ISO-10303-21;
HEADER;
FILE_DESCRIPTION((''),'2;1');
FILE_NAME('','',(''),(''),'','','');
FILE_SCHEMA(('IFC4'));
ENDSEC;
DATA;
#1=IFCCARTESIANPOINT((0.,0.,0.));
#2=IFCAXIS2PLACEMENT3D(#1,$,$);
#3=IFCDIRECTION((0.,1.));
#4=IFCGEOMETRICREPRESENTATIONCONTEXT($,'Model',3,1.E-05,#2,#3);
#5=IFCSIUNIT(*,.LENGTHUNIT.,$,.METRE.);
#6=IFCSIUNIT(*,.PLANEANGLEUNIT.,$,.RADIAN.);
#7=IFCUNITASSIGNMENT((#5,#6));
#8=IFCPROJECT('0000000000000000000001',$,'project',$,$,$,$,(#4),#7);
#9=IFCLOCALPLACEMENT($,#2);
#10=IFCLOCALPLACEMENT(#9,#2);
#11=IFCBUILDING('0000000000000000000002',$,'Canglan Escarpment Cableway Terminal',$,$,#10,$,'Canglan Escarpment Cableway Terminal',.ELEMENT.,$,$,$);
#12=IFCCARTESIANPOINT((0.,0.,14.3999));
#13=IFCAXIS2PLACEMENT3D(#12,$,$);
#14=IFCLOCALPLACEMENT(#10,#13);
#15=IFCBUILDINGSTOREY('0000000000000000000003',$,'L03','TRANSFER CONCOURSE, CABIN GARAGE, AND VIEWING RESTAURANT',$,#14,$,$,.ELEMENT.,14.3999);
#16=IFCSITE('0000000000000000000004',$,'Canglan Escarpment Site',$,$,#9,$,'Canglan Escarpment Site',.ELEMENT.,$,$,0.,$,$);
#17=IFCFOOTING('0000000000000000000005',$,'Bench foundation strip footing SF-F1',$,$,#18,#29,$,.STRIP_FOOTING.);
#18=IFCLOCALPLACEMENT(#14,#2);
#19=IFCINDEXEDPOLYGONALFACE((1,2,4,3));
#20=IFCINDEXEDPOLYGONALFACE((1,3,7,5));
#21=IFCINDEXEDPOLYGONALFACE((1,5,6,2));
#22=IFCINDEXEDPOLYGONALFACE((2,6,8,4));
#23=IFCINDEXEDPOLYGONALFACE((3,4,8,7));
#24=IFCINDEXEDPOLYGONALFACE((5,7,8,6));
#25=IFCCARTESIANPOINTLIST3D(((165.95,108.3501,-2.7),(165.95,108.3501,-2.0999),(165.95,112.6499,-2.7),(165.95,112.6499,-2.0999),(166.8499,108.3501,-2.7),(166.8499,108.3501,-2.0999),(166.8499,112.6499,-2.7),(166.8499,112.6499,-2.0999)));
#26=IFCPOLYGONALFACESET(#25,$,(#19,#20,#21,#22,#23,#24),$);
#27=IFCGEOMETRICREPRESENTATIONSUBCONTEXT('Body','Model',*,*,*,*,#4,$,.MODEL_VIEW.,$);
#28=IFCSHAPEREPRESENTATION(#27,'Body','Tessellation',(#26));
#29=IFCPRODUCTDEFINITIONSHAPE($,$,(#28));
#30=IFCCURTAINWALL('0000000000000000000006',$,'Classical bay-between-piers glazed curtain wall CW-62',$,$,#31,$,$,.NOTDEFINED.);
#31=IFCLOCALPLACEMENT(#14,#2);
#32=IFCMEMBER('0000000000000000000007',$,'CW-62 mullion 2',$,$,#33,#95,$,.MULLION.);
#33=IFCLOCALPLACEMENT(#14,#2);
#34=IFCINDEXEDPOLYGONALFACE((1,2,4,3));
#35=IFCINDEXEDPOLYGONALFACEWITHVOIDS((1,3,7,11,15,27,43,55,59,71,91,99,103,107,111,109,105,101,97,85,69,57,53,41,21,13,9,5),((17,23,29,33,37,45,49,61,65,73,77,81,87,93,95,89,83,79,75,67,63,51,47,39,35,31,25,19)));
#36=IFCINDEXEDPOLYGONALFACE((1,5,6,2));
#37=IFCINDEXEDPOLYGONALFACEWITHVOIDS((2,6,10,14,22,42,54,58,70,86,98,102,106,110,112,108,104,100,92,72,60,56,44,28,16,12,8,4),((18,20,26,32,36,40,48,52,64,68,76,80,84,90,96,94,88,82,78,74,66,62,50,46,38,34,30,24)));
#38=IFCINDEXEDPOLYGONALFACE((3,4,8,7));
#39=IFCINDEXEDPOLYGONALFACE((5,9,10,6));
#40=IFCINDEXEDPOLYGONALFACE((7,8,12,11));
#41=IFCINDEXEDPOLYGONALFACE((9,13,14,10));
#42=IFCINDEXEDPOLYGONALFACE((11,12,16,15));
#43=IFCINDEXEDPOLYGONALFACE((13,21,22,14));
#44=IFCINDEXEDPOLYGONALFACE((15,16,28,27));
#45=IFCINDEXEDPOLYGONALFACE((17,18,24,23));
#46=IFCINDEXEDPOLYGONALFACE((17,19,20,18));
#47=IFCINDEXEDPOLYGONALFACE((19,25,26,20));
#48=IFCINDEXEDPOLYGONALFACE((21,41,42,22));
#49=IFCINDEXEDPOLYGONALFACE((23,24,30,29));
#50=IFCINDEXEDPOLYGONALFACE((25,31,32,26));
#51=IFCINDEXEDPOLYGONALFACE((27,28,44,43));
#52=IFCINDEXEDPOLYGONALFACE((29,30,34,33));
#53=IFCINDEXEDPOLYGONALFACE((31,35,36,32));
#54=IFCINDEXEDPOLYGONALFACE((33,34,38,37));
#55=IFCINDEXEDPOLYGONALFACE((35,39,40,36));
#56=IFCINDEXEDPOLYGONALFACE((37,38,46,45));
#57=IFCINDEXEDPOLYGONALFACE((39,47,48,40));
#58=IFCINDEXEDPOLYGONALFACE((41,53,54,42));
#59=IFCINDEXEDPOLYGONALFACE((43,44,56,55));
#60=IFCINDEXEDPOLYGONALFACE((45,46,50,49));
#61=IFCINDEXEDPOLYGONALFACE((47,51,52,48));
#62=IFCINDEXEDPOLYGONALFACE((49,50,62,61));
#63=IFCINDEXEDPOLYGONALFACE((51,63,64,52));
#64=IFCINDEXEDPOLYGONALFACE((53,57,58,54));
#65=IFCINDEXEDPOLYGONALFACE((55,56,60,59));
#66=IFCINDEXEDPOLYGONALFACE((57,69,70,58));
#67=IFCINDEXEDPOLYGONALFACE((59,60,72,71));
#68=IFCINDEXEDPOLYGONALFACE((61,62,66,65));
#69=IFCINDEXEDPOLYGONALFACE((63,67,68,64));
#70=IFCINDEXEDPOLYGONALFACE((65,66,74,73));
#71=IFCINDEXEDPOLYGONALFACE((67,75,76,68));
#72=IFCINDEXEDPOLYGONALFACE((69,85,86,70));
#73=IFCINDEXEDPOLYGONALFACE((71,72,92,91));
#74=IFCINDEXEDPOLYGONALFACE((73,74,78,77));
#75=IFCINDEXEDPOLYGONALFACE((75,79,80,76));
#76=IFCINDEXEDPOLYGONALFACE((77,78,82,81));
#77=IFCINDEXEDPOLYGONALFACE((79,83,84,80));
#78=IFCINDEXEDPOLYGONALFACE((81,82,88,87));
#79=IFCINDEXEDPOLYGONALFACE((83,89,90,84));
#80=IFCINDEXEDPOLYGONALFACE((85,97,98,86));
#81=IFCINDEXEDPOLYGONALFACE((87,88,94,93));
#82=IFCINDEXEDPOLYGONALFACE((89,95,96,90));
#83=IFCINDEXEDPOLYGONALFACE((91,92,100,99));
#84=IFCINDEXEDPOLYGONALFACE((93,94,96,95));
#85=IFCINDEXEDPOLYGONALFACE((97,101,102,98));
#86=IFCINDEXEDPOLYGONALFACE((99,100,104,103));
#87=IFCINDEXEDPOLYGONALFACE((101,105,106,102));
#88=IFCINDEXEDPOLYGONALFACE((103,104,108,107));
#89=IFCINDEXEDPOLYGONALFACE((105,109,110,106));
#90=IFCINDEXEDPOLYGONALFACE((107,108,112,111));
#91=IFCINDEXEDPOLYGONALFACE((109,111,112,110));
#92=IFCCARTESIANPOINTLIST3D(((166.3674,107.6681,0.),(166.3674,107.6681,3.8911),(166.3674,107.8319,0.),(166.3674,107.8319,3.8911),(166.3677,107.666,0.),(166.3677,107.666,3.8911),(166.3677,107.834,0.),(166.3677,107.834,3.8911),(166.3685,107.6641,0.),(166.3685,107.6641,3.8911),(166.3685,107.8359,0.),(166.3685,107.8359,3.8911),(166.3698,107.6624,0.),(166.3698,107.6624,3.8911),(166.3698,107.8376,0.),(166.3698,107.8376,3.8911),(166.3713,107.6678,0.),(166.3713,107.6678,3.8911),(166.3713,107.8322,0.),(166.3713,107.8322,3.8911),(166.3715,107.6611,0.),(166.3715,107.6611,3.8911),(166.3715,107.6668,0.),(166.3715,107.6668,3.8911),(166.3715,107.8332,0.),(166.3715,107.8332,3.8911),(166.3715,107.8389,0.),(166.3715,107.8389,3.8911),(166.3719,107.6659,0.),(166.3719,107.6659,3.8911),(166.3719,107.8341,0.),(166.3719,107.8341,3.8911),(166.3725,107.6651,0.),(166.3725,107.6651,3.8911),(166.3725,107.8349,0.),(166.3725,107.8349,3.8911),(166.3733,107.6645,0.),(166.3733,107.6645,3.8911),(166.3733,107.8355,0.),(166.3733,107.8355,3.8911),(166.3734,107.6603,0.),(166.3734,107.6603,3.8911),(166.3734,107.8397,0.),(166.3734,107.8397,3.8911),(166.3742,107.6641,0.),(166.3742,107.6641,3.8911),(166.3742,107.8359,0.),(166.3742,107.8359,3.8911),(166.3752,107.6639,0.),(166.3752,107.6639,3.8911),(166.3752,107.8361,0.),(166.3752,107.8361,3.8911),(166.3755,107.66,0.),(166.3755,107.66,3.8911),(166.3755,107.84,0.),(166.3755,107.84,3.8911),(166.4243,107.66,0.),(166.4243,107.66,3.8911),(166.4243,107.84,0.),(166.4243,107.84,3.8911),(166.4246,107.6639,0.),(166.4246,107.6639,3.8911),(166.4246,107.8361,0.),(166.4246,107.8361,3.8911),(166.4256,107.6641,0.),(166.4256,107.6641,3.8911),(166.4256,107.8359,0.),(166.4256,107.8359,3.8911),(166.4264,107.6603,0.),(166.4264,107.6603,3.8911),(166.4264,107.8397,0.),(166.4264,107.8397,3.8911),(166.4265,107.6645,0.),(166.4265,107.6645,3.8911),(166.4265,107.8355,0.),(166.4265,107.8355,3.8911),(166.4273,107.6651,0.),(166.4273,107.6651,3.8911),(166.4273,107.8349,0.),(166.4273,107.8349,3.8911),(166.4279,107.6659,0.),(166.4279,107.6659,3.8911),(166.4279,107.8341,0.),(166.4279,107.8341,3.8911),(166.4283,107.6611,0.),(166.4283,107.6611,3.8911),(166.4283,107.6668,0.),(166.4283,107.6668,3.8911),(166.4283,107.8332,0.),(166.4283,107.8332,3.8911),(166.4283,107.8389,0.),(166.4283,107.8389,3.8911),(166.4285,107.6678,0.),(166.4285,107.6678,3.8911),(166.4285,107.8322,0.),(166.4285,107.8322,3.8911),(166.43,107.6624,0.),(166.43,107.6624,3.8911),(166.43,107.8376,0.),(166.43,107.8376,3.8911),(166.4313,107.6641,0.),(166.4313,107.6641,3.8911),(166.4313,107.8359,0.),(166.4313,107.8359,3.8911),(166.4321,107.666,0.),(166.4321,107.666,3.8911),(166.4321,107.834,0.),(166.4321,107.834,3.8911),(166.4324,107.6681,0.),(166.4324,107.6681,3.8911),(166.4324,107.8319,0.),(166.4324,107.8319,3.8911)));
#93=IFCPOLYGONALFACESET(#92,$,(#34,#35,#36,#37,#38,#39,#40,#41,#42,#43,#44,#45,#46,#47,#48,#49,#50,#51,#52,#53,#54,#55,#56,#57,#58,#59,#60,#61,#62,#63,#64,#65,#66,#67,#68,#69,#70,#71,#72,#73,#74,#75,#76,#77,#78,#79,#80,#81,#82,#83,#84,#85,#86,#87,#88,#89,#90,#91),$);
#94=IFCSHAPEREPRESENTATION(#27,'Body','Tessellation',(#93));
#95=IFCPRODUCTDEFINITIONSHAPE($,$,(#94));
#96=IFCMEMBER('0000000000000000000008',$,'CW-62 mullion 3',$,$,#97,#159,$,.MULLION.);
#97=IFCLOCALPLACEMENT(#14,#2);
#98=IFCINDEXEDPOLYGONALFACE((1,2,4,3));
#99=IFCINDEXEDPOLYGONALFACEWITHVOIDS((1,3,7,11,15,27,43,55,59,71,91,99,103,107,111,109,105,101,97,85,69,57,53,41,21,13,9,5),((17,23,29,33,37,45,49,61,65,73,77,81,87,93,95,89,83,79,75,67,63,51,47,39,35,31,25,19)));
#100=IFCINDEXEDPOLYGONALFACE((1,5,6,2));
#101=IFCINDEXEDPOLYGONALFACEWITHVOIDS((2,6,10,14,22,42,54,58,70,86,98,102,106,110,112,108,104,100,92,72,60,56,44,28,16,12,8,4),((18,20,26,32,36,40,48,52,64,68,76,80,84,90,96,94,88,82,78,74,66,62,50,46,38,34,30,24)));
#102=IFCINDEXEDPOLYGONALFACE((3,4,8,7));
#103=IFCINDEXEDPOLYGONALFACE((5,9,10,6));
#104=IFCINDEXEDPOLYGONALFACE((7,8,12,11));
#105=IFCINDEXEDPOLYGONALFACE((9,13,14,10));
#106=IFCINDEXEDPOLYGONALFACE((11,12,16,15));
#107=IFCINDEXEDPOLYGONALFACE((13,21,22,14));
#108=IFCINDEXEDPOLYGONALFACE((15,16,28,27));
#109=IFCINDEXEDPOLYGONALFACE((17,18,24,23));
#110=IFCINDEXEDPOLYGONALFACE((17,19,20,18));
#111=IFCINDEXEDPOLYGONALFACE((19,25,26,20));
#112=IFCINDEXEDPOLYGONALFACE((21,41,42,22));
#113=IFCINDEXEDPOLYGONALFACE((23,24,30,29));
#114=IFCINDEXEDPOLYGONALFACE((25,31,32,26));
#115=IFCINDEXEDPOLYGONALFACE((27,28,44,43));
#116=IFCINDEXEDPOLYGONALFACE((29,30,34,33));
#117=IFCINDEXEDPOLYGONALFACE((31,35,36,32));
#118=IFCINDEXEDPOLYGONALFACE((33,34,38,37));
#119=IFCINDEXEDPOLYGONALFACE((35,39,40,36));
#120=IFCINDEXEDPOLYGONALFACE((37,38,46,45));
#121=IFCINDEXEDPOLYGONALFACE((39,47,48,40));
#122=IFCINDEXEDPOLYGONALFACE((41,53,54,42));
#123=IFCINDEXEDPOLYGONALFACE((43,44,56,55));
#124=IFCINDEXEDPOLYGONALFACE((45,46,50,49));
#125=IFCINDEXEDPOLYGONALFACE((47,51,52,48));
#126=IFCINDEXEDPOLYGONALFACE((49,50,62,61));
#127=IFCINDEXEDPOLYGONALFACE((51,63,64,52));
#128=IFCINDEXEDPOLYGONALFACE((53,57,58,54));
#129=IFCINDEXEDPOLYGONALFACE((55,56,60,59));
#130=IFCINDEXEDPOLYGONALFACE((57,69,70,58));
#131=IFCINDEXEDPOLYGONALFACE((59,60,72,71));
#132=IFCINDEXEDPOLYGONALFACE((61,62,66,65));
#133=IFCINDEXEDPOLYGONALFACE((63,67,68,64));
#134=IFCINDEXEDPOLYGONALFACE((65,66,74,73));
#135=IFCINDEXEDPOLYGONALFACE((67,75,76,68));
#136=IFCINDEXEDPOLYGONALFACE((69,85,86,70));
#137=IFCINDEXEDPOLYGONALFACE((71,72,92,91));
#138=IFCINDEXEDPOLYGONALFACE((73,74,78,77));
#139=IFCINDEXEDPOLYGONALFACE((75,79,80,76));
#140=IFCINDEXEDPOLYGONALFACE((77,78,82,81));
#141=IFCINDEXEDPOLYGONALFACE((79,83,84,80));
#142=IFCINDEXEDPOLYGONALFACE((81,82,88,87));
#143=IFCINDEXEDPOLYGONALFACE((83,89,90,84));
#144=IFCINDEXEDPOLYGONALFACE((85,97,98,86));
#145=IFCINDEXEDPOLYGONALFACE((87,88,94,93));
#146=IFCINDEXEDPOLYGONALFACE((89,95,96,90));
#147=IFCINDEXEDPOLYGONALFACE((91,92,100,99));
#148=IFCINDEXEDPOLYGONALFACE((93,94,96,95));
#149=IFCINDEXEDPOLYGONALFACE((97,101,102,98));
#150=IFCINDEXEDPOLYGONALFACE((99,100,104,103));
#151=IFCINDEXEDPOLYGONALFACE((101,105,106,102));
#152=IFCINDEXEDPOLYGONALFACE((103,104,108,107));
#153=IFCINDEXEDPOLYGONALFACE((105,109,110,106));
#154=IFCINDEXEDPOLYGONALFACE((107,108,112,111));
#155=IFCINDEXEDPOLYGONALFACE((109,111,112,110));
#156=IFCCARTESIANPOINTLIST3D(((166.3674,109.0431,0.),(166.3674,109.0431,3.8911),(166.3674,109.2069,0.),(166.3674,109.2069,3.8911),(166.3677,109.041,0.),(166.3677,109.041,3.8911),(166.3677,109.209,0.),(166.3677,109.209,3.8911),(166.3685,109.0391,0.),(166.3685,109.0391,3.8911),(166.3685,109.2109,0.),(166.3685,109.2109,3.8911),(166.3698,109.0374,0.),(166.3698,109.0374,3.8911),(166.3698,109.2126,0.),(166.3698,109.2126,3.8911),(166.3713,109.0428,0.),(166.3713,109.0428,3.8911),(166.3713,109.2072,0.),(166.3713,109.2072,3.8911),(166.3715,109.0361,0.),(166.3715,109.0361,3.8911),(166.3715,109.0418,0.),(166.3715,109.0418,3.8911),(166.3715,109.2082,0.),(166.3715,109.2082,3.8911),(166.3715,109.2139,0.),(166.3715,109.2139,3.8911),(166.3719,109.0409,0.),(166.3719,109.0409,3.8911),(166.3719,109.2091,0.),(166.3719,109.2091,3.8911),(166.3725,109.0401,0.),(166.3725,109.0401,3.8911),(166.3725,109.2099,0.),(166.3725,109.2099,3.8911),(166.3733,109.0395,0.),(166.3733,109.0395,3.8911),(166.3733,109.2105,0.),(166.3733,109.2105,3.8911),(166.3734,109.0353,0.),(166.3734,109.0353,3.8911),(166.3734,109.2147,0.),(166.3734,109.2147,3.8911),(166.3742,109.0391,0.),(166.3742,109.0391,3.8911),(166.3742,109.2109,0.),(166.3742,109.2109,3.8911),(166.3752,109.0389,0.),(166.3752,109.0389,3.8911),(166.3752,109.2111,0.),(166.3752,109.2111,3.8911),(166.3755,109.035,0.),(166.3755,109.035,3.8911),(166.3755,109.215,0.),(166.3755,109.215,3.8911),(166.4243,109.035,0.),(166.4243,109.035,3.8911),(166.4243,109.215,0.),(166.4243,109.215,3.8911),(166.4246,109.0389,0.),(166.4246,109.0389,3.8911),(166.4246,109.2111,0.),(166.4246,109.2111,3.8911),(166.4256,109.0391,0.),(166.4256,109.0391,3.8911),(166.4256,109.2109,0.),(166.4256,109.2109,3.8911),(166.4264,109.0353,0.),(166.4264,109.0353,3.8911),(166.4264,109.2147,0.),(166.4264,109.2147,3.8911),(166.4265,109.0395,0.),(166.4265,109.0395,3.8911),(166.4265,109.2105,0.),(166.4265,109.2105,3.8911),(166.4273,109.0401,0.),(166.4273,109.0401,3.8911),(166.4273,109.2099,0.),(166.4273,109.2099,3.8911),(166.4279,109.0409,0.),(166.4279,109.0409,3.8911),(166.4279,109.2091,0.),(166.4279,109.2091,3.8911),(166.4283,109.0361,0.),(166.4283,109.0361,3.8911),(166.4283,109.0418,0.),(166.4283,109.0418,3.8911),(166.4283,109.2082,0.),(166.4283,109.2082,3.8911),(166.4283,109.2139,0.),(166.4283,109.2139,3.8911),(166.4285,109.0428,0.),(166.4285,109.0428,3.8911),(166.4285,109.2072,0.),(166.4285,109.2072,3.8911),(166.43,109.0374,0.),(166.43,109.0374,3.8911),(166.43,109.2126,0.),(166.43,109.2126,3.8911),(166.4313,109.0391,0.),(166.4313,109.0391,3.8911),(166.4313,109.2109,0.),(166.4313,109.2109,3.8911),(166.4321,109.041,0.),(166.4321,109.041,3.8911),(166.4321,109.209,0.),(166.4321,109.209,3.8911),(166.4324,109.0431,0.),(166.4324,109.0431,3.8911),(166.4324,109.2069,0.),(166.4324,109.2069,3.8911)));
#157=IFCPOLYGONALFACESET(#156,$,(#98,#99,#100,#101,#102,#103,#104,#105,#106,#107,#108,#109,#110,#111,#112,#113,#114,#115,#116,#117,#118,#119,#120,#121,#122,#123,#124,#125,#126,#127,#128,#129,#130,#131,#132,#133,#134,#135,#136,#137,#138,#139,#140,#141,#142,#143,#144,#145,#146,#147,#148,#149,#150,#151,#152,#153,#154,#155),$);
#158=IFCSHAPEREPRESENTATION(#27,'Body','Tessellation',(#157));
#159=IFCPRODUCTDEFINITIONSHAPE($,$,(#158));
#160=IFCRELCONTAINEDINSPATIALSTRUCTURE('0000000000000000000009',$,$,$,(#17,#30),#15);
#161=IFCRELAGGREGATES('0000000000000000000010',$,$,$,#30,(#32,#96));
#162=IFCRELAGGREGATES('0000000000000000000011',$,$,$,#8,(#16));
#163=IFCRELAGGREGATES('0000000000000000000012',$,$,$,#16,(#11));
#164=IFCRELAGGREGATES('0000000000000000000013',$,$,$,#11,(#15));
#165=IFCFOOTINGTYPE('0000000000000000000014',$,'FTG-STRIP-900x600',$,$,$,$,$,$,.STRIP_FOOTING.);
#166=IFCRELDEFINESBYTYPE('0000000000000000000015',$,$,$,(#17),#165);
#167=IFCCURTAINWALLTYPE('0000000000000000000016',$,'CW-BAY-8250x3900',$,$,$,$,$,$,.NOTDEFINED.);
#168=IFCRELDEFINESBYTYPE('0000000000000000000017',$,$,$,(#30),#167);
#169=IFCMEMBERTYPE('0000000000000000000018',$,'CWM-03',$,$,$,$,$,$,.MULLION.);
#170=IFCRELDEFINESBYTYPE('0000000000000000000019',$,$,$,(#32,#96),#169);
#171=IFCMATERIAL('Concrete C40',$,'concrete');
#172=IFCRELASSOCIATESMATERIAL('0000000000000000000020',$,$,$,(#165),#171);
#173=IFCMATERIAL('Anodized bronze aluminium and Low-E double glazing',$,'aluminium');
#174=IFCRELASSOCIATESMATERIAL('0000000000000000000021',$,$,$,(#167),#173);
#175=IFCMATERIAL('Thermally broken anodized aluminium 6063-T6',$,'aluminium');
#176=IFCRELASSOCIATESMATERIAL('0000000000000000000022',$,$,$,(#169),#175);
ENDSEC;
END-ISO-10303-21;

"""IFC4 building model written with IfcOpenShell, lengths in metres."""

from ifc_helpers import new_model, si_unit, direction, frame, origin, origin_2d, place, context, subcontext, project, spatial, rectangle, hollow_rectangle, extrude, material, material_profile, profile_set, type_object, element, aggregate, save


model = new_model("IFC4")

# Units and contexts
model_context = context("Model", 3, precision=1e-05, world=origin(), true_north=direction((0.0, 1.0)))
body_context = subcontext(model_context, "Body", "Model", "MODEL_VIEW")
ifc_project = project(units=[si_unit("LENGTHUNIT", "METRE"), si_unit("PLANEANGLEUNIT", "RADIAN")], contexts=[model_context])

# Site, building, storey
site_placement = place(None, origin())
site = spatial("IfcSite", under=ifc_project, at=site_placement, Name="Canglan Escarpment Site", LongName="Canglan Escarpment Site", CompositionType="ELEMENT", RefElevation=0.0)
building_placement = place(site_placement, origin())
building = spatial("IfcBuilding", under=site, at=building_placement, Name="Canglan Escarpment Cableway Terminal", LongName="Canglan Escarpment Cableway Terminal", CompositionType="ELEMENT")
storey_placement = place(building_placement, frame((0.0, 0.0, 14.3999)))
storey = spatial("IfcBuildingStorey", under=building, at=storey_placement, Name="L03", Description="TRANSFER CONCOURSE, CABIN GARAGE, AND VIEWING RESTAURANT", CompositionType="ELEMENT", Elevation=14.3999)

# Footing
ifc_material_1 = material(Name="Concrete C40", Category="concrete")
ifc_material_profile_1 = material_profile(ifc_material_1, rectangle(XDim=0.8999, YDim=0.6001, at=origin_2d()), Name="SF 900x600")
ifc_profile_set_1 = profile_set([ifc_material_profile_1], Name="Concrete C40")
footing_type = type_object("IfcFootingType", Name="FTG-STRIP-900x600", PredefinedType="STRIP_FOOTING", material=ifc_profile_set_1)
footing_placement = place(storey_placement, frame((166.3999, 108.3501, -2.3999), z_axis=(0.0, 1.0, 0.0), x_axis=(-1.0, 0.0, 0.0)))
element("IfcFooting", 1, at=footing_placement, inside=storey, type_object=footing_type, Name="Bench foundation strip footing SF-F1", PredefinedType="STRIP_FOOTING", context=body_context, shape_type="SweptSolid", body=[
    extrude(rectangle(XDim=0.8999, YDim=0.6001, at=origin_2d()), origin(), (0.0, 0.0, 1.0), 4.2998),
])

# Curtain wall, members
ifc_material_2 = material(Name="Anodized bronze aluminium and Low-E double glazing", Category="aluminium")
curtain_wall_type = type_object("IfcCurtainWallType", Name="CW-BAY-8250x3900", PredefinedType="NOTDEFINED", material=ifc_material_2)
curtain_wall_placement = place(storey_placement, origin())
curtain_wall = element("IfcCurtainWall", 2, at=curtain_wall_placement, inside=storey, type_object=curtain_wall_type, Name="Classical bay-between-piers glazed curtain wall CW-62", PredefinedType="NOTDEFINED")
ifc_material_3 = material(Name="Thermally broken anodized aluminium 6063-T6", Category="aluminium")
ifc_material_profile_2 = material_profile(ifc_material_3, hollow_rectangle(XDim=0.0649, YDim=0.1799, WallThickness=0.0039, InnerFilletRadius=0.0039, OuterFilletRadius=0.0081, at=origin_2d()), Name="ALU-MULL 65x180x4")
ifc_profile_set_2 = profile_set([ifc_material_profile_2], Name="Thermally broken anodized aluminium 6063-T6")
member_type_1 = type_object("IfcMemberType", Name="CWM-03", PredefinedType="MULLION", material=ifc_profile_set_2)
member_1_placement = place(storey_placement, frame((166.3999, 107.75, 0.0), z_axis=(0.0, 0.0, 1.0), x_axis=(-1.0, 0.0, 0.0)))
member_1 = element("IfcMember", 3, at=member_1_placement, type_object=member_type_1, Name="CW-62 mullion 2", PredefinedType="MULLION", context=body_context, shape_type="SweptSolid", body=[
    extrude(hollow_rectangle(XDim=0.0649, YDim=0.1799, WallThickness=0.0039, InnerFilletRadius=0.0039, OuterFilletRadius=0.0081, at=origin_2d()), origin(), (0.0, 0.0, 1.0), 3.8911),
])
member_2_placement = place(storey_placement, frame((166.3999, 109.125, 0.0), z_axis=(0.0, 0.0, 1.0), x_axis=(-1.0, 0.0, 0.0)))
member_2 = element("IfcMember", 4, at=member_2_placement, type_object=member_type_1, Name="CW-62 mullion 3", PredefinedType="MULLION", context=body_context, shape_type="SweptSolid", body=[
    extrude(hollow_rectangle(XDim=0.0649, YDim=0.1799, WallThickness=0.0039, InnerFilletRadius=0.0039, OuterFilletRadius=0.0081, at=origin_2d()), origin(), (0.0, 0.0, 1.0), 3.8911),
])
aggregate(curtain_wall, [member_1, member_2])

save(model, "model.ifc")
